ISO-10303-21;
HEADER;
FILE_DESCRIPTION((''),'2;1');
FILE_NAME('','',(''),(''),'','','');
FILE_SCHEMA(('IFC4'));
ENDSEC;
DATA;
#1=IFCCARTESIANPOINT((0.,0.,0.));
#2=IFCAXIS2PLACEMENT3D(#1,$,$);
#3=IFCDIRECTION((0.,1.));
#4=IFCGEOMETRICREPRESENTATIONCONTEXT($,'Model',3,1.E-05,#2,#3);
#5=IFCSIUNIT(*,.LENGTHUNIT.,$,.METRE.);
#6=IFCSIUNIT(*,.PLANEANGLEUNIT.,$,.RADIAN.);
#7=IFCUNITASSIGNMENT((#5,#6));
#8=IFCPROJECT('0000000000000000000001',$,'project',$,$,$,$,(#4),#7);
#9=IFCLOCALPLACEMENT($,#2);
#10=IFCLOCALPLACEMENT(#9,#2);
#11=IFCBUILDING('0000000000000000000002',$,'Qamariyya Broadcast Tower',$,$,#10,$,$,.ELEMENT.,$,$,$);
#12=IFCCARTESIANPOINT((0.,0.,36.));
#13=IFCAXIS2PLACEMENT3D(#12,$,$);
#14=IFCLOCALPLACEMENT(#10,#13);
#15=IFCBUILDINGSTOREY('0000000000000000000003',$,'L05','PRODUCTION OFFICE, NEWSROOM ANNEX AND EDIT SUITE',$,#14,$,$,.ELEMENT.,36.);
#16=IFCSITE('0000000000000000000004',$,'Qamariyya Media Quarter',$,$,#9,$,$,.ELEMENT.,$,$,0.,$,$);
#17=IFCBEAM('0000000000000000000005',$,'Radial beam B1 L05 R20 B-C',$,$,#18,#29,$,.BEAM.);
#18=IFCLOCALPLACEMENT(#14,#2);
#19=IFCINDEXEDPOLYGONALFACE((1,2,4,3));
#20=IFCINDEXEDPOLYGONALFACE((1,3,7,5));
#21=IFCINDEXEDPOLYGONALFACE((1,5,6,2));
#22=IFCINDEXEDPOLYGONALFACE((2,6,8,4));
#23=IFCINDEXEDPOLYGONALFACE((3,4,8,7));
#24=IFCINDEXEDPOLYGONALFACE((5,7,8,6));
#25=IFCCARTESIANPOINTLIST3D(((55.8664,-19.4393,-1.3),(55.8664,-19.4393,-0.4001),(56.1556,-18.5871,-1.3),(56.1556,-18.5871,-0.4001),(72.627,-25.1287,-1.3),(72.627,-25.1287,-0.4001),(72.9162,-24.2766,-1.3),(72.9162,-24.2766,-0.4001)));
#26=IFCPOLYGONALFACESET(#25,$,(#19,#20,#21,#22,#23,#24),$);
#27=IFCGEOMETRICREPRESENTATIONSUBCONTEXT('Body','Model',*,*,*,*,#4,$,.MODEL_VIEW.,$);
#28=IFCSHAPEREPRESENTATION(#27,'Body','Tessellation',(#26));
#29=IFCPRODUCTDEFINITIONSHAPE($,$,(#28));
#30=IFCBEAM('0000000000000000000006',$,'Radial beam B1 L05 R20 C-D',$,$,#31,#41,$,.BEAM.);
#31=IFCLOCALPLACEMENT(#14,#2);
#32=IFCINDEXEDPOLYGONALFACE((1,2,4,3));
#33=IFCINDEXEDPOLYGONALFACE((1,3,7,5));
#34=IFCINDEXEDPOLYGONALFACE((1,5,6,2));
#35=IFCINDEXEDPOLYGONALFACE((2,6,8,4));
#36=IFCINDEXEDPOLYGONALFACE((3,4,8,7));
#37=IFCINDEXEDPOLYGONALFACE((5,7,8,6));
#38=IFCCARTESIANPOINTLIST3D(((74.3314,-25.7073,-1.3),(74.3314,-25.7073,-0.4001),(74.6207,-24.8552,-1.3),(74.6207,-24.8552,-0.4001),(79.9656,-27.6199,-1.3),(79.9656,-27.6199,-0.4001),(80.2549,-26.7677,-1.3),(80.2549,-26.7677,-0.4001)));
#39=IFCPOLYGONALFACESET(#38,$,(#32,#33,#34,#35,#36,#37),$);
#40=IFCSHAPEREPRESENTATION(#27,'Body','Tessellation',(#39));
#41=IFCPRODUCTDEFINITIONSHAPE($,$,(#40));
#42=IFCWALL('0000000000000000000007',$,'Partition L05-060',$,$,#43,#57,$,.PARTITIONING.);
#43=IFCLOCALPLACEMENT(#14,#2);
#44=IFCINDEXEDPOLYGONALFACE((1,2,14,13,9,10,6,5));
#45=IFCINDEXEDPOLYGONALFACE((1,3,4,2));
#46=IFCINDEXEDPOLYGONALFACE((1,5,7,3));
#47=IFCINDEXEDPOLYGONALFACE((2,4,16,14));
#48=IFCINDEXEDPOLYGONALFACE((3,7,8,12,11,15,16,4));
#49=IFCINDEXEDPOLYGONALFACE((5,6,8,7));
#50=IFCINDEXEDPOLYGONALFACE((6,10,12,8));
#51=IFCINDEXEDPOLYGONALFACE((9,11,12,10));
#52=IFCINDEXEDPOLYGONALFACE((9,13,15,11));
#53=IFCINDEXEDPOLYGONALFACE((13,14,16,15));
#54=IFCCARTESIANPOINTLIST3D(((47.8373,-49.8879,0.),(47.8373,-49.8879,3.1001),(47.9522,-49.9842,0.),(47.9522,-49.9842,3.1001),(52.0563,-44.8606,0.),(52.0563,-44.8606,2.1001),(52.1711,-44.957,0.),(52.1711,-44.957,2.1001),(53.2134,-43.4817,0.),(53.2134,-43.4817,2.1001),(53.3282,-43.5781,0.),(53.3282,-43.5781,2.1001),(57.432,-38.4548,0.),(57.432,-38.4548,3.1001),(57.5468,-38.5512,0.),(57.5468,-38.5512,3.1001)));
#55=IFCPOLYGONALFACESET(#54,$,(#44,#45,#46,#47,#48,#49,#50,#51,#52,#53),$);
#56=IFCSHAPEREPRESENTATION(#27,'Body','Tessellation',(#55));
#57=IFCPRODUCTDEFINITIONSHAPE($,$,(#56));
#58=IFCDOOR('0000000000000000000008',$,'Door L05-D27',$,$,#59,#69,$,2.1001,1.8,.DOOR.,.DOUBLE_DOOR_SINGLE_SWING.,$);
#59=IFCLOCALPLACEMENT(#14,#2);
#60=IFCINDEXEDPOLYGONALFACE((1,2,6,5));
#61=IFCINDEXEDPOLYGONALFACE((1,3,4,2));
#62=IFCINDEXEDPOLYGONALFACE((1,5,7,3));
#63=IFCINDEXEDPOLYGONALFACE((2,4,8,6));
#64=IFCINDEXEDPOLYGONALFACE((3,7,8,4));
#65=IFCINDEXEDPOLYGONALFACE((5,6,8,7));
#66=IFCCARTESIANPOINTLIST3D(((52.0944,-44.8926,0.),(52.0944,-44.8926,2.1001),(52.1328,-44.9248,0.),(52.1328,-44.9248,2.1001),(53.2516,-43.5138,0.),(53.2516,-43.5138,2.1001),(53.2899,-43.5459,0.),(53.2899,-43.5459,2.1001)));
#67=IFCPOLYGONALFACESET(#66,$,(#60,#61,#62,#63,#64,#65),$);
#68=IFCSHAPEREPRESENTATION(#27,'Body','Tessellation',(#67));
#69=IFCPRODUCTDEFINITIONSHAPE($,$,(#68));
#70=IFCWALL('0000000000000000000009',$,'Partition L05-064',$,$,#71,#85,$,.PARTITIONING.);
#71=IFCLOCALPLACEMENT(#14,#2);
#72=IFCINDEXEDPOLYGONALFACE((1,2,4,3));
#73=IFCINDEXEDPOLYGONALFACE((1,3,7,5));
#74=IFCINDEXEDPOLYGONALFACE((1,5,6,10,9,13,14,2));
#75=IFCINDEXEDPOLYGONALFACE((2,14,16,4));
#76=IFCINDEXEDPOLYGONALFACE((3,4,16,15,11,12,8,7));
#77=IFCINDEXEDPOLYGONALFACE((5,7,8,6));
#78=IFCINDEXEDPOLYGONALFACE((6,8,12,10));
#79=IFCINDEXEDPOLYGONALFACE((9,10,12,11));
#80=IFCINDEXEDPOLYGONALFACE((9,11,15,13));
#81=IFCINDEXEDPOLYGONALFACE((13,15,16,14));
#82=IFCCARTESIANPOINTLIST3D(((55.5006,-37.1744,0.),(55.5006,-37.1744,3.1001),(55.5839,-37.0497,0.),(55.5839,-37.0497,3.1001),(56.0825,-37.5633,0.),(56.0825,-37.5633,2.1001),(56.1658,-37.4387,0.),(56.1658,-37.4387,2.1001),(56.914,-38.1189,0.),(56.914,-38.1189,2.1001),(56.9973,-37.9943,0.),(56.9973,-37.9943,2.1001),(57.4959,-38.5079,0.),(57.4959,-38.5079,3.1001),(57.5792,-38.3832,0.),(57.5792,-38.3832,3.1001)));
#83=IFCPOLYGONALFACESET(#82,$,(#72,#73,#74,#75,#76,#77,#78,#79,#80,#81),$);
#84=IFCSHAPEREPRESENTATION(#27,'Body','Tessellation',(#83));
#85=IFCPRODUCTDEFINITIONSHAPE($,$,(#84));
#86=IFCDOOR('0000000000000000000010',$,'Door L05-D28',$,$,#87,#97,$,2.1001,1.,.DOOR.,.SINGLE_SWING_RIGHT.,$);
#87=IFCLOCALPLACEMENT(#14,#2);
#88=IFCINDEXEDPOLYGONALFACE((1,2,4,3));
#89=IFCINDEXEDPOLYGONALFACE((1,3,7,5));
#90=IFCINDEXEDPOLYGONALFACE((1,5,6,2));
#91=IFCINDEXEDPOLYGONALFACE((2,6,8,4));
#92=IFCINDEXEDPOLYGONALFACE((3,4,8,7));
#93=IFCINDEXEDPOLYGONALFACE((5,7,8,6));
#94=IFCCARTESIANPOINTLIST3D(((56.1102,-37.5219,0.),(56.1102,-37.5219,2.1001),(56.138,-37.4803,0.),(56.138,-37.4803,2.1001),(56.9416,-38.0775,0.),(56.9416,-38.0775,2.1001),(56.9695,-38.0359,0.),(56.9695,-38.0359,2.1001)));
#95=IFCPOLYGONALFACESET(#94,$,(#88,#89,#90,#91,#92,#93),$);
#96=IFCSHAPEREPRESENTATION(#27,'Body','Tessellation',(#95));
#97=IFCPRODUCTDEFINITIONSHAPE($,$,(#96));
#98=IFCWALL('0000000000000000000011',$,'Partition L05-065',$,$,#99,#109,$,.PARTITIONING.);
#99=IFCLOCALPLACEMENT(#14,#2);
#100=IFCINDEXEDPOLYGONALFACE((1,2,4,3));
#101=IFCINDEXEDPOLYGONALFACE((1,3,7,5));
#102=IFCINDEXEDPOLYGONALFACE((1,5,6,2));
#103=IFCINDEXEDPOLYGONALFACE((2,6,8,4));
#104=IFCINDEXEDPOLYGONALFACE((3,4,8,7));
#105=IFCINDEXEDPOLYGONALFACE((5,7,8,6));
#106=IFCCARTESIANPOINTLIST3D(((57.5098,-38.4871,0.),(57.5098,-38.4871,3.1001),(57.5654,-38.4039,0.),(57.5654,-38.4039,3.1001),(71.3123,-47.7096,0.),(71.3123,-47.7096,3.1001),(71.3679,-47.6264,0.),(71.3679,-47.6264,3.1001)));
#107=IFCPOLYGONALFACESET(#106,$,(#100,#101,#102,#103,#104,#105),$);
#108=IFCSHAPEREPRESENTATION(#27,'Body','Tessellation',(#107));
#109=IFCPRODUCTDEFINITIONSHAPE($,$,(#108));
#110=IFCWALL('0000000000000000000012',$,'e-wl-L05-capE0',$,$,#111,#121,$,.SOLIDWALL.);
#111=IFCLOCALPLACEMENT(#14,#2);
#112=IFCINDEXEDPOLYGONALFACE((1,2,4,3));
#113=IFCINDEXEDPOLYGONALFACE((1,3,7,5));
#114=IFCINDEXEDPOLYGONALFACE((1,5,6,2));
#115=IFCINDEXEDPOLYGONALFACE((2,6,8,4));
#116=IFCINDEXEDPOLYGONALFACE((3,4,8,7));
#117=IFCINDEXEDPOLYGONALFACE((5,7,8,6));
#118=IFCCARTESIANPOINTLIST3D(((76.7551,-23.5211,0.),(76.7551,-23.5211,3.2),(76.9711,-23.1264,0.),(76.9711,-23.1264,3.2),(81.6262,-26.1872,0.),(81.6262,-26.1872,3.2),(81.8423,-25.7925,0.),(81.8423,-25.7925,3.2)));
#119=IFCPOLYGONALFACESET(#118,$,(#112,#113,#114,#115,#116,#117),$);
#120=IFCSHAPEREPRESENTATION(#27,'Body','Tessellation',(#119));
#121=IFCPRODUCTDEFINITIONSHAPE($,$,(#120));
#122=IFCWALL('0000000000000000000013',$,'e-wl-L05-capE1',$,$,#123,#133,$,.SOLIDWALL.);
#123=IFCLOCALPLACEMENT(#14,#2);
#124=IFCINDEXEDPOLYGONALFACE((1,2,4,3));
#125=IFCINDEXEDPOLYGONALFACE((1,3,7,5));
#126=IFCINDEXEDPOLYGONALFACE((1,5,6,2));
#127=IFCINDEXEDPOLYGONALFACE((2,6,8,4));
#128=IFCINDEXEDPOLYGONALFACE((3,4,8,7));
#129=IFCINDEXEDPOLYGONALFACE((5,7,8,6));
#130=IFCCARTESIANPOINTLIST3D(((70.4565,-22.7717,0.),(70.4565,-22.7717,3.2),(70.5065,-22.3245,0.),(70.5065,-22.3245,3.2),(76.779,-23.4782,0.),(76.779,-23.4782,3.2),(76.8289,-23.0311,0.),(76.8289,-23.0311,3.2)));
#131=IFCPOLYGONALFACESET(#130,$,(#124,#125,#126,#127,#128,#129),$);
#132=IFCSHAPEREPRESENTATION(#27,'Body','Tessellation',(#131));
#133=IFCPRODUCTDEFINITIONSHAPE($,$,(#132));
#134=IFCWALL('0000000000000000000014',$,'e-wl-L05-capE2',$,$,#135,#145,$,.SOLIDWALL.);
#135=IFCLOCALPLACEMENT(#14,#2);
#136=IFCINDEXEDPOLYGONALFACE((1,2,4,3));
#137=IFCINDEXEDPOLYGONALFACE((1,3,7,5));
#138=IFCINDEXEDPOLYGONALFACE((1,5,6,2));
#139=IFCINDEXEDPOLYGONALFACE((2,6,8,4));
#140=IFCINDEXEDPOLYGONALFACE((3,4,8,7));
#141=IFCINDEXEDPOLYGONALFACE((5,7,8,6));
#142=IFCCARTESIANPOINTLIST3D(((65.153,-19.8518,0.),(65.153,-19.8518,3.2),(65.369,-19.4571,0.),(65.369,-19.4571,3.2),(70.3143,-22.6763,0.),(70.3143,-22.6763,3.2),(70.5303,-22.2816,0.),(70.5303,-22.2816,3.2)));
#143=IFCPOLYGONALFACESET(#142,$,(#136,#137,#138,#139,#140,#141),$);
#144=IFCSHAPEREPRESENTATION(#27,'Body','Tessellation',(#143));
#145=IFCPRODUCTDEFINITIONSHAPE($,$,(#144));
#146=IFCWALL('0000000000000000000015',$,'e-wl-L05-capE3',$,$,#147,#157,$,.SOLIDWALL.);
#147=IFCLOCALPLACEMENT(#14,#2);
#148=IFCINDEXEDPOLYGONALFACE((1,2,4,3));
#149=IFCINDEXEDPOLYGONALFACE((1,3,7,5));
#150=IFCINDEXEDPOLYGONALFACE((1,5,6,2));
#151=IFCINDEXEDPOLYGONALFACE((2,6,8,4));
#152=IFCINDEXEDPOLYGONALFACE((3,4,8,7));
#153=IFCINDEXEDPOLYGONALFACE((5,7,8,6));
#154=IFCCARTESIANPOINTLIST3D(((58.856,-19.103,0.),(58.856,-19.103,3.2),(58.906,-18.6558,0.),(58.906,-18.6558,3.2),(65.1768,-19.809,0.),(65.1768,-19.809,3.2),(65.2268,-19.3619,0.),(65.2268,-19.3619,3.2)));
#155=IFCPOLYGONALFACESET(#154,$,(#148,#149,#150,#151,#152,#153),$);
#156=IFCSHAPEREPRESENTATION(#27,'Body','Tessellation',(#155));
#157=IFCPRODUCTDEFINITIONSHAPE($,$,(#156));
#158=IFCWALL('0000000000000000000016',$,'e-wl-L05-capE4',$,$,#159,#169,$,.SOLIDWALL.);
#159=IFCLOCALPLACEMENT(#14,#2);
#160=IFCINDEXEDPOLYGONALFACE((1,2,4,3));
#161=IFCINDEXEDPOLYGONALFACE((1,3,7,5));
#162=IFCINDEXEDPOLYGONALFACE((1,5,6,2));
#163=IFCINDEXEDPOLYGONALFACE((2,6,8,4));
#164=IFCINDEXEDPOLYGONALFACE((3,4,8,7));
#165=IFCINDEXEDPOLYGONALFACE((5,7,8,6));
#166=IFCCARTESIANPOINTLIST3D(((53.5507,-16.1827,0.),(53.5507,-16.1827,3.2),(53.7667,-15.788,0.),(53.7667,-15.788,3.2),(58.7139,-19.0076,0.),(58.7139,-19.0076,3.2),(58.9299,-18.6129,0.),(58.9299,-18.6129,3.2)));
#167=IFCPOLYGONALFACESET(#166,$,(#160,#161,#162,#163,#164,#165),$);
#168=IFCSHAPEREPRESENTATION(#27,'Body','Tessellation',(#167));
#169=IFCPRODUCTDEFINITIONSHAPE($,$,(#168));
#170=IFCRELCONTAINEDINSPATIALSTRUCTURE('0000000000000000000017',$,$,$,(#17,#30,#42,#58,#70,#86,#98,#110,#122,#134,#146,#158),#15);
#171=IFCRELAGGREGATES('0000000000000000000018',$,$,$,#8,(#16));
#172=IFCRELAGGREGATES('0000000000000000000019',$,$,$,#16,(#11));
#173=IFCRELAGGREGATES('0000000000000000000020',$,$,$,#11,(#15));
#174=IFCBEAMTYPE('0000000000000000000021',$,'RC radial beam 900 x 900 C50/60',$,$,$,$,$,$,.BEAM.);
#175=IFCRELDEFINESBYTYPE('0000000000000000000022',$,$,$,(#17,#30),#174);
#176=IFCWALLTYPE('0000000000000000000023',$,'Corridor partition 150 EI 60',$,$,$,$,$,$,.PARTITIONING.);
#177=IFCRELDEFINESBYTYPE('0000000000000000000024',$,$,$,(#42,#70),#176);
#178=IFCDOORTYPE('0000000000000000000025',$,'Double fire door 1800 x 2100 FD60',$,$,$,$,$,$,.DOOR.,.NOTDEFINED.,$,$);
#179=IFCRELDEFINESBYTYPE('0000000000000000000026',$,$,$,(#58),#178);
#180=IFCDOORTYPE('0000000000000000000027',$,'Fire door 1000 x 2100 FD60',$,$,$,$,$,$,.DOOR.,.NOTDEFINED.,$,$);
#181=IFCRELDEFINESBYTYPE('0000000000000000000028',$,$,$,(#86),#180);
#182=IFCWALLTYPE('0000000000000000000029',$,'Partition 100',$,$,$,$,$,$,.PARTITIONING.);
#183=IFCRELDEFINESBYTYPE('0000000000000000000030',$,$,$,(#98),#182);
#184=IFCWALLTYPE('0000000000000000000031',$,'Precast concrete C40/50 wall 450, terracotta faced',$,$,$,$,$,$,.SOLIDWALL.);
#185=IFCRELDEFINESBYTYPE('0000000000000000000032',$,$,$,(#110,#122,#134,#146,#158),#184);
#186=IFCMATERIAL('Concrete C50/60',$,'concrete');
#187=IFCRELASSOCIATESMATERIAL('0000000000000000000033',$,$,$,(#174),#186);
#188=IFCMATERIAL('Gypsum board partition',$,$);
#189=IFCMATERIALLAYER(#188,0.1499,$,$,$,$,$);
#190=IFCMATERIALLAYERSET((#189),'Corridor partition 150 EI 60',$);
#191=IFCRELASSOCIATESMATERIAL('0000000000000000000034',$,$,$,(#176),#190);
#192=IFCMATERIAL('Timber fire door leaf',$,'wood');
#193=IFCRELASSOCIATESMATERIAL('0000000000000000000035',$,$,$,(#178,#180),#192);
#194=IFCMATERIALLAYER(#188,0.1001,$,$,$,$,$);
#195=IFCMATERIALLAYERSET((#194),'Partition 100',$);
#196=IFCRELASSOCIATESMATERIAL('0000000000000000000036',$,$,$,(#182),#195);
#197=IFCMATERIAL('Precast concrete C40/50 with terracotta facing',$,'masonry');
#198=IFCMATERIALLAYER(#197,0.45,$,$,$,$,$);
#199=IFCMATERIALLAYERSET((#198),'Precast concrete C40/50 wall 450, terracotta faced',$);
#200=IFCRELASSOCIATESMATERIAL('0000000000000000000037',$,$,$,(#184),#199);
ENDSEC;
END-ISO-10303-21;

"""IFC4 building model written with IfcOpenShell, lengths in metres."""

from ifc_helpers import new_model, si_unit, direction, frame, frame_2d, origin, origin_2d, place, context, subcontext, project, spatial, rectangle, extrude, material, layer, layer_set, material_profile, profile_set, type_object, element, fill, save


model = new_model("IFC4")

# Units and contexts
model_context = context("Model", 3, precision=1e-05, world=origin(), true_north=direction((0.0, 1.0)))
body_context = subcontext(model_context, "Body", "Model", "MODEL_VIEW")
ifc_project = project(units=[si_unit("LENGTHUNIT", "METRE"), si_unit("PLANEANGLEUNIT", "RADIAN")], contexts=[model_context])

# Site, building, storey
site_placement = place(None, origin())
site = spatial("IfcSite", under=ifc_project, at=site_placement, Name="Qamariyya Media Quarter", CompositionType="ELEMENT", RefElevation=0.0)
building_placement = place(site_placement, origin())
building = spatial("IfcBuilding", under=site, at=building_placement, Name="Qamariyya Broadcast Tower", CompositionType="ELEMENT")
storey_placement = place(building_placement, frame((0.0, 0.0, 36.0)))
storey = spatial("IfcBuildingStorey", under=building, at=storey_placement, Name="L05", Description="PRODUCTION OFFICE, NEWSROOM ANNEX AND EDIT SUITE", CompositionType="ELEMENT", Elevation=36.0)

# Beams
ifc_material_1 = material(Name="Concrete C50/60", Category="concrete")
ifc_material_profile_1 = material_profile(ifc_material_1, rectangle(XDim=0.8999, YDim=0.8999, at=origin_2d()))
ifc_profile_set_1 = profile_set([ifc_material_profile_1], Name="Concrete C50/60")
beam_type_1 = type_object("IfcBeamType", Name="RC radial beam 900 x 900 C50/60", PredefinedType="BEAM", material=ifc_profile_set_1)
beam_1_placement = place(storey_placement, frame((56.011, -19.0132, -0.8501), z_axis=(0.94693, -0.321441, 0.0), x_axis=(0.321441, 0.94693, 0.0)))
element("IfcBeam", 1, at=beam_1_placement, inside=storey, type_object=beam_type_1, Name="Radial beam B1 L05 R20 B-C", PredefinedType="BEAM", context=body_context, shape_type="SweptSolid", body=[
    extrude(rectangle(XDim=0.8999, YDim=0.8999, at=origin_2d()), origin(), (0.0, 0.0, 1.0), 17.7),
])
beam_2_placement = place(storey_placement, frame((74.4761, -25.2812, -0.8501), z_axis=(0.946929, -0.321442, 0.0), x_axis=(0.321442, 0.946929, 0.0)))
element("IfcBeam", 2, at=beam_2_placement, inside=storey, type_object=beam_type_1, Name="Radial beam B1 L05 R20 C-D", PredefinedType="BEAM", context=body_context, shape_type="SweptSolid", body=[
    extrude(rectangle(XDim=0.8999, YDim=0.8999, at=origin_2d()), origin(), (0.0, 0.0, 1.0), 5.95),
])

# Walls, openings, doors
ifc_material_2 = material(Name="Gypsum board partition")
ifc_layer_1 = layer(ifc_material_2, 0.1499)
ifc_layer_set_1 = layer_set([ifc_layer_1], Name="Corridor partition 150 EI 60")
wall_type_1 = type_object("IfcWallType", Name="Corridor partition 150 EI 60", PredefinedType="PARTITIONING", material=ifc_layer_set_1)
wall_1_placement = place(storey_placement, frame((57.4895, -38.5029, 0.0), z_axis=(0.0, 0.0, 1.0), x_axis=(-0.642835, -0.766004, 0.0)))
wall_1 = element("IfcWall", 3, at=wall_1_placement, inside=storey, type_object=wall_type_1, Name="Partition L05-060", PredefinedType="PARTITIONING", context=body_context, shape_type="SweptSolid", body=[
    extrude(rectangle(XDim=14.9255, YDim=0.1499, at=frame_2d((7.4629, 0.0))), origin(), (0.0, 0.0, 1.0), 3.1001),
])
opening_1_placement = place(wall_1_placement, frame((6.5627, 0.0, 0.0)))
opening_1 = element("IfcOpeningElement", 4, at=opening_1_placement, cuts=wall_1, PredefinedType="OPENING", context=body_context, shape_type="SweptSolid", body=[
    extrude(rectangle(XDim=1.8, YDim=2.1001, at=frame_2d((0.8999, 1.05))), frame((0.0, 0.085, 0.0), z_axis=(0.0, -1.0, 0.0), x_axis=(1.0, 0.0, 0.0)), (0.0, 0.0, 1.0), 0.1699),
])
ifc_material_3 = material(Name="Timber fire door leaf", Category="wood")
door_type_1 = type_object("IfcDoorType", Name="Double fire door 1800 x 2100 FD60", OperationType="NOTDEFINED", PredefinedType="DOOR", material=ifc_material_3)
door_1_placement = place(opening_1_placement, origin())
door_1 = element("IfcDoor", 5, at=door_1_placement, inside=storey, type_object=door_type_1, Name="Door L05-D27", OperationType="DOUBLE_DOOR_SINGLE_SWING", OverallHeight=2.1001, OverallWidth=1.8, PredefinedType="DOOR", context=body_context, shape_type="SweptSolid", body=[
    extrude(rectangle(XDim=1.8, YDim=2.1001, at=frame_2d((0.8999, 1.05))), frame((0.0, 0.0249, 0.0), z_axis=(0.0, -1.0, 0.0), x_axis=(1.0, 0.0, 0.0)), (0.0, 0.0, 1.0), 0.05),
])
fill(opening_1, door_1)
wall_2_placement = place(storey_placement, frame((55.5422, -37.1121, 0.0), z_axis=(0.0, 0.0, 1.0), x_axis=(0.831424, -0.555639, 0.0)))
wall_2 = element("IfcWall", 6, at=wall_2_placement, inside=storey, type_object=wall_type_1, Name="Partition L05-064", PredefinedType="PARTITIONING", context=body_context, shape_type="SweptSolid", body=[
    extrude(rectangle(XDim=2.3999, YDim=0.1499, at=frame_2d((1.2, 0.0))), origin(), (0.0, 0.0, 1.0), 3.1001),
])
opening_2_placement = place(wall_2_placement, frame((0.7, 0.0, 0.0)))
opening_2 = element("IfcOpeningElement", 7, at=opening_2_placement, cuts=wall_2, PredefinedType="OPENING", context=body_context, shape_type="SweptSolid", body=[
    extrude(rectangle(XDim=1.0, YDim=2.1001, at=frame_2d((0.5, 1.05))), frame((0.0, 0.085, 0.0), z_axis=(0.0, -1.0, 0.0), x_axis=(1.0, 0.0, 0.0)), (0.0, 0.0, 1.0), 0.1699),
])
door_type_2 = type_object("IfcDoorType", Name="Fire door 1000 x 2100 FD60", OperationType="NOTDEFINED", PredefinedType="DOOR", material=ifc_material_3)
door_2_placement = place(opening_2_placement, origin())
door_2 = element("IfcDoor", 8, at=door_2_placement, inside=storey, type_object=door_type_2, Name="Door L05-D28", OperationType="SINGLE_SWING_RIGHT", OverallHeight=2.1001, OverallWidth=1.0, PredefinedType="DOOR", context=body_context, shape_type="SweptSolid", body=[
    extrude(rectangle(XDim=1.0, YDim=2.1001, at=frame_2d((0.5, 1.05))), frame((0.0, 0.0249, 0.0), z_axis=(0.0, -1.0, 0.0), x_axis=(1.0, 0.0, 0.0)), (0.0, 0.0, 1.0), 0.05),
])
fill(opening_2, door_2)

# Walls
ifc_layer_2 = layer(ifc_material_2, 0.1001)
ifc_layer_set_2 = layer_set([ifc_layer_2], Name="Partition 100")
wall_type_2 = type_object("IfcWallType", Name="Partition 100", PredefinedType="PARTITIONING", material=ifc_layer_set_2)
wall_3_placement = place(storey_placement, frame((71.3401, -47.668, 0.0), z_axis=(0.0, 0.0, 1.0), x_axis=(-0.831473, 0.555565, 0.0)))
element("IfcWall", 9, at=wall_3_placement, inside=storey, type_object=wall_type_2, Name="Partition L05-065", PredefinedType="PARTITIONING", context=body_context, shape_type="SweptSolid", body=[
    extrude(rectangle(XDim=16.6001, YDim=0.1001, at=frame_2d((8.3, 0.0))), origin(), (0.0, 0.0, 1.0), 3.1001),
])
ifc_material_4 = material(Name="Precast concrete C40/50 with terracotta facing", Category="masonry")
ifc_layer_3 = layer(ifc_material_4, 0.45)
ifc_layer_set_3 = layer_set([ifc_layer_3], Name="Precast concrete C40/50 wall 450, terracotta faced")
wall_type_3 = type_object("IfcWallType", Name="Precast concrete C40/50 wall 450, terracotta faced", PredefinedType="SOLIDWALL", material=ifc_layer_set_3)
wall_4_placement = place(storey_placement, frame((81.7341, -25.9897, 0.0), z_axis=(0.0, 0.0, 1.0), x_axis=(-0.877209, 0.480108, 0.0)))
element("IfcWall", 10, at=wall_4_placement, inside=storey, type_object=wall_type_3, Name="e-wl-L05-capE0", PredefinedType="SOLIDWALL", context=body_context, shape_type="SweptSolid", body=[
    extrude(rectangle(XDim=5.553, YDim=0.45, at=frame_2d((2.7764, 0.0))), origin(), (0.0, 0.0, 1.0), 3.2),
])
wall_5_placement = place(storey_placement, frame((76.804, -23.2546, 0.0), z_axis=(0.0, 0.0, 1.0), x_axis=(-0.993814, 0.111059, 0.0)))
element("IfcWall", 11, at=wall_5_placement, inside=storey, type_object=wall_type_3, Name="e-wl-L05-capE1", PredefinedType="SOLIDWALL", context=body_context, shape_type="SweptSolid", body=[
    extrude(rectangle(XDim=6.3618, YDim=0.45, at=frame_2d((3.1809, 0.0))), origin(), (0.0, 0.0, 1.0), 3.2),
])
wall_6_placement = place(storey_placement, frame((70.4224, -22.479, 0.0), z_axis=(0.0, 0.0, 1.0), x_axis=(-0.87723, 0.48007, 0.0)))
element("IfcWall", 12, at=wall_6_placement, inside=storey, type_object=wall_type_3, Name="e-wl-L05-capE2", PredefinedType="SOLIDWALL", context=body_context, shape_type="SweptSolid", body=[
    extrude(rectangle(XDim=5.8835, YDim=0.45, at=frame_2d((2.9419, 0.0))), origin(), (0.0, 0.0, 1.0), 3.2),
])
wall_7_placement = place(storey_placement, frame((65.2019, -19.5854, 0.0), z_axis=(0.0, 0.0, 1.0), x_axis=(-0.993819, 0.111013, 0.0)))
element("IfcWall", 13, at=wall_7_placement, inside=storey, type_object=wall_type_3, Name="e-wl-L05-capE3", PredefinedType="SOLIDWALL", context=body_context, shape_type="SweptSolid", body=[
    extrude(rectangle(XDim=6.3601, YDim=0.45, at=frame_2d((3.1802, 0.0))), origin(), (0.0, 0.0, 1.0), 3.2),
])
wall_8_placement = place(storey_placement, frame((58.822, -18.8103, 0.0), z_axis=(0.0, 0.0, 1.0), x_axis=(-0.877281, 0.479976, 0.0)))
element("IfcWall", 14, at=wall_8_placement, inside=storey, type_object=wall_type_3, Name="e-wl-L05-capE4", PredefinedType="SOLIDWALL", context=body_context, shape_type="SweptSolid", body=[
    extrude(rectangle(XDim=5.8855, YDim=0.45, at=frame_2d((2.9429, 0.0))), origin(), (0.0, 0.0, 1.0), 3.2),
])

save(model, "model.ifc")
